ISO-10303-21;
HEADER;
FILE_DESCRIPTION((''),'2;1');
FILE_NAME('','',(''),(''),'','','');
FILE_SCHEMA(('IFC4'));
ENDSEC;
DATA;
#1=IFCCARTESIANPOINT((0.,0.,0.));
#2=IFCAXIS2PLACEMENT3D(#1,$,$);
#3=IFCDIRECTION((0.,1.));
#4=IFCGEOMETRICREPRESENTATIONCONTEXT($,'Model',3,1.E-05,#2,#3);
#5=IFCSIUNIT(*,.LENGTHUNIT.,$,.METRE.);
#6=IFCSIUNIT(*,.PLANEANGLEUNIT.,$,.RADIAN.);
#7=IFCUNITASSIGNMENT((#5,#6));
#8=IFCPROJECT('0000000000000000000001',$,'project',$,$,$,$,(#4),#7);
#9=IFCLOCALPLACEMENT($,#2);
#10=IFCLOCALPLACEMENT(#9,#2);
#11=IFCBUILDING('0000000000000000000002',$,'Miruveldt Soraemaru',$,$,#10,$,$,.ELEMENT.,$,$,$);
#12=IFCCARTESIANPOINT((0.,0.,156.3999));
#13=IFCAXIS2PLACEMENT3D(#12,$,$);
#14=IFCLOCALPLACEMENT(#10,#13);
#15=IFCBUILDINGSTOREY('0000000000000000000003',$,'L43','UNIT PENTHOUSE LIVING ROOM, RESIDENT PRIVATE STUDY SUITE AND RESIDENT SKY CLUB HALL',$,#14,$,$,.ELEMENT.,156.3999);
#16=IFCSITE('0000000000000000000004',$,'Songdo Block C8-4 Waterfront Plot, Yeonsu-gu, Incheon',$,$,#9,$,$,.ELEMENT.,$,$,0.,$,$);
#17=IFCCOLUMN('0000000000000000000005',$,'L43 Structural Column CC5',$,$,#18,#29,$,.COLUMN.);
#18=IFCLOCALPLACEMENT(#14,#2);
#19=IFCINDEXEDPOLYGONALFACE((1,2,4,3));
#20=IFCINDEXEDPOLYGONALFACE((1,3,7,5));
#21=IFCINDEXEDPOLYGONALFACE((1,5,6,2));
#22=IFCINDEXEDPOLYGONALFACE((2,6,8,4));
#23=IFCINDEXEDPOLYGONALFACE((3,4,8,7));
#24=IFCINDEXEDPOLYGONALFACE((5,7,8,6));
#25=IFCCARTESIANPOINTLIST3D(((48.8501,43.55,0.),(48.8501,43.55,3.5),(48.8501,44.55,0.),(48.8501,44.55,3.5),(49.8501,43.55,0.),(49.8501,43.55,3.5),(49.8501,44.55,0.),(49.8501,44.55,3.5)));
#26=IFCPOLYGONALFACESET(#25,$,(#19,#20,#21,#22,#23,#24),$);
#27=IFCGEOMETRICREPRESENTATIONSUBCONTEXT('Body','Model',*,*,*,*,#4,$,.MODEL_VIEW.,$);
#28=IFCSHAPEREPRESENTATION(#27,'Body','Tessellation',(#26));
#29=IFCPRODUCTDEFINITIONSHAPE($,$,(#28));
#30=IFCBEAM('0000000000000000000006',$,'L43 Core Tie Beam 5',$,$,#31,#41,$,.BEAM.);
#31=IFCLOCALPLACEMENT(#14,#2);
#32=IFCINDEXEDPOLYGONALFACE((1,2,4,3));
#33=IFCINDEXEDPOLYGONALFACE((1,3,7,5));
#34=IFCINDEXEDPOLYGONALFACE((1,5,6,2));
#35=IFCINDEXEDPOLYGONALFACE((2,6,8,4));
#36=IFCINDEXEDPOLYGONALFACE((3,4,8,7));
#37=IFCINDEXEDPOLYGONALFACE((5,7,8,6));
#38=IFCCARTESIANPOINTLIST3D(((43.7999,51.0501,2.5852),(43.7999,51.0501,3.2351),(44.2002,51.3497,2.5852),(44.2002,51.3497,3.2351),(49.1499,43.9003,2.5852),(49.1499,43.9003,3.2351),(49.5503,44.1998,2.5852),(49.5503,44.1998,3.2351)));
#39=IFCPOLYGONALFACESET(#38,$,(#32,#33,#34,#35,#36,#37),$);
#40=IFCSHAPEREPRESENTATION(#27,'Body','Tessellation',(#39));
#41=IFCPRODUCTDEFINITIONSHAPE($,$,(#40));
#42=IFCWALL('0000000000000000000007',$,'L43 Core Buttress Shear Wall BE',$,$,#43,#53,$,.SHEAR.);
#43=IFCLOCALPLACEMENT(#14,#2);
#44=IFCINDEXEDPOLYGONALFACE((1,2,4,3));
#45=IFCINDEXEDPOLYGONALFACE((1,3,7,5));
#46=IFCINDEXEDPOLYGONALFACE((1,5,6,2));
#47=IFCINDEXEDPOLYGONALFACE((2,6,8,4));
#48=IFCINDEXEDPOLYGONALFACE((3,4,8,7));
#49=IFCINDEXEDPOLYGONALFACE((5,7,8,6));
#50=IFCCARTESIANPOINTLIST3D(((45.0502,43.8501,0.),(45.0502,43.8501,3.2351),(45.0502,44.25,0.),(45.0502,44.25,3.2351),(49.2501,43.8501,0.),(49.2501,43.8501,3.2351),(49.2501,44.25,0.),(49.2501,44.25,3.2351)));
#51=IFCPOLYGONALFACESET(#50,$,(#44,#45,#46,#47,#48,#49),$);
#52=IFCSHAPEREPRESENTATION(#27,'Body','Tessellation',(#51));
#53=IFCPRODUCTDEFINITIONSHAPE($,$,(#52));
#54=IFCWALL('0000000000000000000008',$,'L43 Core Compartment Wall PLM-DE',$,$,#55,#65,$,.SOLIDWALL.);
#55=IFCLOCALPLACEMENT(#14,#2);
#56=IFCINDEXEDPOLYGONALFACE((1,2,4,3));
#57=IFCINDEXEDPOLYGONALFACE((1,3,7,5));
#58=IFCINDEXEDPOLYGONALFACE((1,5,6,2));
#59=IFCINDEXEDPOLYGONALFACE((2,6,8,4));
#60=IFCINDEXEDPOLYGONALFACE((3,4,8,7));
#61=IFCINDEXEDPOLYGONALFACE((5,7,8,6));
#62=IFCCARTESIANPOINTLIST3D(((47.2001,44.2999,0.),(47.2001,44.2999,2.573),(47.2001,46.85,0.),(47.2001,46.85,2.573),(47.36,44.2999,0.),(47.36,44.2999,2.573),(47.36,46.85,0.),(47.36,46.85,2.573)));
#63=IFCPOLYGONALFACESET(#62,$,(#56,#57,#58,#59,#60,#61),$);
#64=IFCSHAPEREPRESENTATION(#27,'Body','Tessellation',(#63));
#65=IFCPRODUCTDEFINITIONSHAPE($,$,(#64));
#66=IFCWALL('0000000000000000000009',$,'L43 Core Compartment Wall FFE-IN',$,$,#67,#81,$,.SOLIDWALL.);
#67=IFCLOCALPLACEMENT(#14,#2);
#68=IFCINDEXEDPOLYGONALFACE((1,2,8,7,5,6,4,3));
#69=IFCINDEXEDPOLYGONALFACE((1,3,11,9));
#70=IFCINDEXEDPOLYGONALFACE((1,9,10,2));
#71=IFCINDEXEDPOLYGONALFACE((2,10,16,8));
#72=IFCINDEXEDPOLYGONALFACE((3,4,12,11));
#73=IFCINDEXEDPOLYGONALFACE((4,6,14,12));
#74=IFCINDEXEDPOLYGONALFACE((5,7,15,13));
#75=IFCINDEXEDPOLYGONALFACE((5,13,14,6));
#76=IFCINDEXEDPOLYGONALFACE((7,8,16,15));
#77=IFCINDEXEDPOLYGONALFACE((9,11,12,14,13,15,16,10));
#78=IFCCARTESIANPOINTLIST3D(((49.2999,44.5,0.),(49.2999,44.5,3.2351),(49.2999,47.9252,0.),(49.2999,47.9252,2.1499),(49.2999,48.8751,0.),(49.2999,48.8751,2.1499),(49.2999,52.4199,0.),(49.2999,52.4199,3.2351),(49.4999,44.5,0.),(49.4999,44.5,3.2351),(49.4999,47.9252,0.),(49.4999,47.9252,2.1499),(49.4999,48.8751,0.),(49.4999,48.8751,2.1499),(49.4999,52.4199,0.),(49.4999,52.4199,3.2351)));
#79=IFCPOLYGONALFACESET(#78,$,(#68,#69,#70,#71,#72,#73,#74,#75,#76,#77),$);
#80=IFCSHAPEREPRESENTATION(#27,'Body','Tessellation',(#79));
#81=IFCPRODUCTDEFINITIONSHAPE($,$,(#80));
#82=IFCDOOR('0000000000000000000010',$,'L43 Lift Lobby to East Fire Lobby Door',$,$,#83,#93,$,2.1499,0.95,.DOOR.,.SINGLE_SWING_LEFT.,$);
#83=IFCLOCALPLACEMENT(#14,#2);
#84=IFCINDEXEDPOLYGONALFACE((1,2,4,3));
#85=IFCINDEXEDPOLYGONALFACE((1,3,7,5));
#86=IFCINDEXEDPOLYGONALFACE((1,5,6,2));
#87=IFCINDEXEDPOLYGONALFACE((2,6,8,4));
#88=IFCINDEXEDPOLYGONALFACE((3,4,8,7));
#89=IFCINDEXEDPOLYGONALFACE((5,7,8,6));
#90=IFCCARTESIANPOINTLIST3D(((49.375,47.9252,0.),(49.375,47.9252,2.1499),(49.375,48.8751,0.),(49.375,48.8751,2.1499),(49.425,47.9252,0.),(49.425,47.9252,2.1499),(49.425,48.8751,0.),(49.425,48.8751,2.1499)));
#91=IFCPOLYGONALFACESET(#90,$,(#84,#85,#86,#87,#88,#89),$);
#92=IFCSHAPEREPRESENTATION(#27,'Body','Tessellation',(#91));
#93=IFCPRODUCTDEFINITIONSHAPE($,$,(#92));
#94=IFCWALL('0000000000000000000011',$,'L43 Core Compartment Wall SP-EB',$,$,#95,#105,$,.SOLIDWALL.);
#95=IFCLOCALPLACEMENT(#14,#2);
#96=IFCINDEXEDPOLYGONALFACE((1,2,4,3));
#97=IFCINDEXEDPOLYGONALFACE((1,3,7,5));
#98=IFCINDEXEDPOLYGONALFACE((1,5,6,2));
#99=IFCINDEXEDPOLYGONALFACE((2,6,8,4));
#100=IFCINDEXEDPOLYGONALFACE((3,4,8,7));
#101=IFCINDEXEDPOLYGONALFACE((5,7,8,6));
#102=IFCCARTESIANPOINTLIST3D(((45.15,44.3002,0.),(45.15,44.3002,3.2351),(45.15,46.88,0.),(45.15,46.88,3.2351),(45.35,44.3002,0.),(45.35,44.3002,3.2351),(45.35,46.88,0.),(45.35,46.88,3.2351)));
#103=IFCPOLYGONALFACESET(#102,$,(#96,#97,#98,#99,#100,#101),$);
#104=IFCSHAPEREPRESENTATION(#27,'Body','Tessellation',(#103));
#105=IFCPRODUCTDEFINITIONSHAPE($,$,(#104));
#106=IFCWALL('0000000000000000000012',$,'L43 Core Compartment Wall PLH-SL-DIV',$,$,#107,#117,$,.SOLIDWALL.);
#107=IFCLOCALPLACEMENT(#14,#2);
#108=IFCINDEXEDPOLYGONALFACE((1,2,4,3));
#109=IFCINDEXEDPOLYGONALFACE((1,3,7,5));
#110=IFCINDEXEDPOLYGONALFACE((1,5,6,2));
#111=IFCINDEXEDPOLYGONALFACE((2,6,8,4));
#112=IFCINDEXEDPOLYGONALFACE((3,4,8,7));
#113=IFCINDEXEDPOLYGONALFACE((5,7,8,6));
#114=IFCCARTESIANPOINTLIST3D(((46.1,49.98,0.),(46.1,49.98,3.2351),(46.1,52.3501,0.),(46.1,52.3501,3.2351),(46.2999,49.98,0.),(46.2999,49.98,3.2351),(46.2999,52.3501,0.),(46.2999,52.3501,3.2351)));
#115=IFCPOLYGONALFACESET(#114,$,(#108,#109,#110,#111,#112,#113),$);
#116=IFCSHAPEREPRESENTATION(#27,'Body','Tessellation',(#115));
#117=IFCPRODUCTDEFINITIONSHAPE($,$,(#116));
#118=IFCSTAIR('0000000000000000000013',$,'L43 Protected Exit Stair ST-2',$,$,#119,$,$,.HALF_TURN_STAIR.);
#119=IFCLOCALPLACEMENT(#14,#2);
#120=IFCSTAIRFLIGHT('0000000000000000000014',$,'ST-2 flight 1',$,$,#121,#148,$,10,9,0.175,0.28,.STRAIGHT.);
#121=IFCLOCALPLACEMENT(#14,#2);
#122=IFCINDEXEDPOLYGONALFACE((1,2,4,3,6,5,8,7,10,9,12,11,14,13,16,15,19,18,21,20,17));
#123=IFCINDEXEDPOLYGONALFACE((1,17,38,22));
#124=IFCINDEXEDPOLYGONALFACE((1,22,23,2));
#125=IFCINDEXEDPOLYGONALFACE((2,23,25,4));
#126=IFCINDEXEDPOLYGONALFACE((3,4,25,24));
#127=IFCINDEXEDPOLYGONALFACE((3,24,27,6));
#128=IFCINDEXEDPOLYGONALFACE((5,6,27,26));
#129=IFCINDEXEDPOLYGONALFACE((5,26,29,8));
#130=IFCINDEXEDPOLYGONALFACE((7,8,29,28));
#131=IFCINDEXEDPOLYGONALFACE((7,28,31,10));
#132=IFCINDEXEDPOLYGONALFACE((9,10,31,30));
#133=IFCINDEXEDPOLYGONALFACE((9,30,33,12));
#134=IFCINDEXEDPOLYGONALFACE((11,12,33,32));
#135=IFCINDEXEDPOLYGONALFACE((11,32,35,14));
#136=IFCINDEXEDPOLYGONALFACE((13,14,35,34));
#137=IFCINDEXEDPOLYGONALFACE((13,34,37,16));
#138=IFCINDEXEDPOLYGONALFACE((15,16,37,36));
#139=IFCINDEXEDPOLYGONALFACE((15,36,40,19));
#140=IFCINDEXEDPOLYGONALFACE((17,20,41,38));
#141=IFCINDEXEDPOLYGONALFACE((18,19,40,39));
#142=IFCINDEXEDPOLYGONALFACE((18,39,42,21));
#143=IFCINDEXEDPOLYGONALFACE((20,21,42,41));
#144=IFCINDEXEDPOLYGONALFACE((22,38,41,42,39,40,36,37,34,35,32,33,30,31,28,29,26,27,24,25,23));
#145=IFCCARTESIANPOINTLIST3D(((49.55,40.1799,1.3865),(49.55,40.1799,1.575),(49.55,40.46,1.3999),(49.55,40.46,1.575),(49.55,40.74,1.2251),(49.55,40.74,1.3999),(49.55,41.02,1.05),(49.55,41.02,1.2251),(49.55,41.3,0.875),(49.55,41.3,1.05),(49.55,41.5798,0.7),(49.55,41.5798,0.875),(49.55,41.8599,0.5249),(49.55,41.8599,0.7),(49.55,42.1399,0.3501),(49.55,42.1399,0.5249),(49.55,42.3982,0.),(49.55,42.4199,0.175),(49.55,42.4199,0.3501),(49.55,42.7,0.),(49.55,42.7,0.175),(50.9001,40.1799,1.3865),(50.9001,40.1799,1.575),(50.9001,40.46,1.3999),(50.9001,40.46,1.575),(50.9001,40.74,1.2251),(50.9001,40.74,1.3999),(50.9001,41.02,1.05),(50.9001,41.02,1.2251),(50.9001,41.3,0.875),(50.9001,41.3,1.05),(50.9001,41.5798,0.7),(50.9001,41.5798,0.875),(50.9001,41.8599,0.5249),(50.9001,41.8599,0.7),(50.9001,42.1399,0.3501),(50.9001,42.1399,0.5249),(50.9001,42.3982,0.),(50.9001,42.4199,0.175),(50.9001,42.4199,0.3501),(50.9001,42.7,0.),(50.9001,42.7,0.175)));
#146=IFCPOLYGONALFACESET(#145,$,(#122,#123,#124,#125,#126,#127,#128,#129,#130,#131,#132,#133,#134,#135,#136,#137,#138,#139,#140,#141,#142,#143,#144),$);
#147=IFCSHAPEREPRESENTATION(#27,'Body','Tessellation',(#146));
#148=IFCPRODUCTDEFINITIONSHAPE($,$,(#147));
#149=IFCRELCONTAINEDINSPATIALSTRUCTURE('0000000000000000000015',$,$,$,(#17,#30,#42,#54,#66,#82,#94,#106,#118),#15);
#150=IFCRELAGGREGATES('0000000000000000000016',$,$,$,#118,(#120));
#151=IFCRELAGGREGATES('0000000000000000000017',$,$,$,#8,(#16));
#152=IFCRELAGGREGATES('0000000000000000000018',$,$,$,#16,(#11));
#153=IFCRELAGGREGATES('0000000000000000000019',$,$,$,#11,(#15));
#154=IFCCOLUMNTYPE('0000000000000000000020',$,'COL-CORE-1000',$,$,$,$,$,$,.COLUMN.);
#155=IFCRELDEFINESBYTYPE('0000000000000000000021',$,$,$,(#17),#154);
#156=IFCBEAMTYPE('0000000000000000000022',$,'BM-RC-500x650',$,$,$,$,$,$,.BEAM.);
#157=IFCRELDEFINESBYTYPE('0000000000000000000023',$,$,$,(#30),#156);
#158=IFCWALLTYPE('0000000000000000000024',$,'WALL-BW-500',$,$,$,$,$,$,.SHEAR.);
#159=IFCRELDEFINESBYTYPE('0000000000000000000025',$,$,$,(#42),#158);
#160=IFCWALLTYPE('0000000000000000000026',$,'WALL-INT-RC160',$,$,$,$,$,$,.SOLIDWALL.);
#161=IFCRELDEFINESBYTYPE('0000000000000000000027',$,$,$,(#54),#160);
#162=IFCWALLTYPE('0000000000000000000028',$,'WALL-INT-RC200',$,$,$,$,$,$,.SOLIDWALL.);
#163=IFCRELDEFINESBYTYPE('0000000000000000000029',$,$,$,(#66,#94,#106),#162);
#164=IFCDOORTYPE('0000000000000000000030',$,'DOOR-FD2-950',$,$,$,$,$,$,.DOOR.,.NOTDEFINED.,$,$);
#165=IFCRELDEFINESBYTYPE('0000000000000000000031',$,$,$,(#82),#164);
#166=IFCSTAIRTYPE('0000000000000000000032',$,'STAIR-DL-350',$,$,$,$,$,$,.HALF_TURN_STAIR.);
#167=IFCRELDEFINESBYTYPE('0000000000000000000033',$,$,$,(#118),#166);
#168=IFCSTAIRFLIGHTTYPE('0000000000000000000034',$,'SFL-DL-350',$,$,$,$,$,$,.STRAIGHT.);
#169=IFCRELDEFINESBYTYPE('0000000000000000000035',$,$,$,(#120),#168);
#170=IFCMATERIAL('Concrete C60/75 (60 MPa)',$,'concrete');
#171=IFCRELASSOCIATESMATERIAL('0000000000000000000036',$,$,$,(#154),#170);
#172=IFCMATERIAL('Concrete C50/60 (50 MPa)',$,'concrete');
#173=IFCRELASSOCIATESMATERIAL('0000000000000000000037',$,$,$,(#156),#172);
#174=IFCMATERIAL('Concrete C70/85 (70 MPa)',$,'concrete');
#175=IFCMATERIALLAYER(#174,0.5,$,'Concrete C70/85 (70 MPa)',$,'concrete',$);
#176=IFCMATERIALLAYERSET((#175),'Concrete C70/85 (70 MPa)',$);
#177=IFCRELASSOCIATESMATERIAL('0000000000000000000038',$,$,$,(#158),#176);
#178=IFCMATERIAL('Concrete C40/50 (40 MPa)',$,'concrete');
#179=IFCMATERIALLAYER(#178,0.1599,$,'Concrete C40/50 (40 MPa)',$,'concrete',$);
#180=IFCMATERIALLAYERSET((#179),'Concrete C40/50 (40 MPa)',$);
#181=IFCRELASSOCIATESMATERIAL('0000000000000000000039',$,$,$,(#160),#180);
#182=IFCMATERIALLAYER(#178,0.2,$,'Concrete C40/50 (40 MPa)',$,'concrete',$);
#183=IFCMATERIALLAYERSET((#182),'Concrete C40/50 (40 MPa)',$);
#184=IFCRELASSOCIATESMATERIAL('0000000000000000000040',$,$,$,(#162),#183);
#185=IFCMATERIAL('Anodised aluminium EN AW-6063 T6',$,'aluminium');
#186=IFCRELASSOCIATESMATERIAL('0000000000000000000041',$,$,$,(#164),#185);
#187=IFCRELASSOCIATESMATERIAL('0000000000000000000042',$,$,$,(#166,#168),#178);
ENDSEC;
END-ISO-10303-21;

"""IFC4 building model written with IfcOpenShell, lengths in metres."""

from ifc_helpers import new_model, si_unit, direction, frame, frame_2d, origin, origin_2d, place, context, subcontext, project, spatial, polyline, rectangle, outline, extrude, material, layer, layer_set, material_profile, profile_set, type_object, element, fill, aggregate, save


model = new_model("IFC4")

# Units and contexts
model_context = context("Model", 3, precision=1e-05, world=origin(), true_north=direction((0.0, 1.0)))
body_context = subcontext(model_context, "Body", "Model", "MODEL_VIEW")
ifc_project = project(units=[si_unit("LENGTHUNIT", "METRE"), si_unit("PLANEANGLEUNIT", "RADIAN")], contexts=[model_context])

# Site, building, storey
site_placement = place(None, origin())
site = spatial("IfcSite", under=ifc_project, at=site_placement, Name="Songdo Block C8-4 Waterfront Plot, Yeonsu-gu, Incheon", CompositionType="ELEMENT", RefElevation=0.0)
building_placement = place(site_placement, origin())
building = spatial("IfcBuilding", under=site, at=building_placement, Name="Miruveldt Soraemaru", CompositionType="ELEMENT")
storey_placement = place(building_placement, frame((0.0, 0.0, 156.3999)))
storey = spatial("IfcBuildingStorey", under=building, at=storey_placement, Name="L43", Description="UNIT PENTHOUSE LIVING ROOM, RESIDENT PRIVATE STUDY SUITE AND RESIDENT SKY CLUB HALL", CompositionType="ELEMENT", Elevation=156.3999)

# Column
ifc_material_1 = material(Name="Concrete C60/75 (60 MPa)", Category="concrete")
ifc_material_profile_1 = material_profile(ifc_material_1, rectangle(XDim=1.0, YDim=1.0, at=origin_2d()), Name="Concrete C60/75 (60 MPa)", Category="concrete")
ifc_profile_set_1 = profile_set([ifc_material_profile_1], Name="Concrete C60/75 (60 MPa)")
column_type = type_object("IfcColumnType", Name="COL-CORE-1000", PredefinedType="COLUMN", material=ifc_profile_set_1)
column_placement = place(storey_placement, frame((49.3501, 44.05, 0.0), z_axis=(0.0, 0.0, 1.0), x_axis=(1.0, 0.0, 0.0)))
element("IfcColumn", 1, at=column_placement, inside=storey, type_object=column_type, Name="L43 Structural Column CC5", PredefinedType="COLUMN", context=body_context, shape_type="SweptSolid", body=[
    extrude(rectangle(XDim=1.0, YDim=1.0, at=origin_2d()), origin(), (0.0, 0.0, 1.0), 3.5),
])

# Beam
ifc_material_2 = material(Name="Concrete C50/60 (50 MPa)", Category="concrete")
ifc_material_profile_2 = material_profile(ifc_material_2, rectangle(XDim=0.5, YDim=0.6499, at=origin_2d()), Name="Concrete C50/60 (50 MPa)", Category="concrete")
ifc_profile_set_2 = profile_set([ifc_material_profile_2], Name="Concrete C50/60 (50 MPa)")
beam_type = type_object("IfcBeamType", Name="BM-RC-500x650", PredefinedType="BEAM", material=ifc_profile_set_2)
beam_placement = place(storey_placement, frame((49.3501, 44.05, 2.9102), z_axis=(-0.599116, 0.800662, 0.0), x_axis=(-0.800662, -0.599116, 0.0)))
element("IfcBeam", 2, at=beam_placement, inside=storey, type_object=beam_type, Name="L43 Core Tie Beam 5", PredefinedType="BEAM", context=body_context, shape_type="SweptSolid", body=[
    extrude(rectangle(XDim=0.5, YDim=0.6499, at=origin_2d()), origin(), (0.0, 0.0, 1.0), 8.9299),
])

# Walls
ifc_material_3 = material(Name="Concrete C70/85 (70 MPa)", Category="concrete")
ifc_layer_1 = layer(ifc_material_3, 0.5, Name="Concrete C70/85 (70 MPa)", Category="concrete")
ifc_layer_set_1 = layer_set([ifc_layer_1], Name="Concrete C70/85 (70 MPa)")
wall_type_1 = type_object("IfcWallType", Name="WALL-BW-500", PredefinedType="SHEAR", material=ifc_layer_set_1)
wall_1_placement = place(storey_placement, frame((45.05, 44.05, 0.0), z_axis=(0.0, 0.0, 1.0), x_axis=(1.0, 0.0, 0.0)))
element("IfcWall", 3, at=wall_1_placement, inside=storey, type_object=wall_type_1, Name="L43 Core Buttress Shear Wall BE", PredefinedType="SHEAR", context=body_context, shape_type="SweptSolid", body=[
    extrude(rectangle(XDim=4.2, YDim=0.3999, at=frame_2d((2.1001, 0.0))), origin(), (0.0, 0.0, 1.0), 3.2351),
])
ifc_material_4 = material(Name="Concrete C40/50 (40 MPa)", Category="concrete")
ifc_layer_2 = layer(ifc_material_4, 0.1599, Name="Concrete C40/50 (40 MPa)", Category="concrete")
ifc_layer_set_2 = layer_set([ifc_layer_2], Name="Concrete C40/50 (40 MPa)")
wall_type_2 = type_object("IfcWallType", Name="WALL-INT-RC160", PredefinedType="SOLIDWALL", material=ifc_layer_set_2)
wall_2_placement = place(storey_placement, frame((47.28, 44.3, 0.0), z_axis=(0.0, 0.0, 1.0), x_axis=(0.0, 1.0, 0.0)))
element("IfcWall", 4, at=wall_2_placement, inside=storey, type_object=wall_type_2, Name="L43 Core Compartment Wall PLM-DE", PredefinedType="SOLIDWALL", context=body_context, shape_type="SweptSolid", body=[
    extrude(rectangle(XDim=2.55, YDim=0.1599, at=frame_2d((1.2749, 0.0))), origin(), (0.0, 0.0, 1.0), 2.573),
])

# Wall, opening, door
ifc_layer_3 = layer(ifc_material_4, 0.2, Name="Concrete C40/50 (40 MPa)", Category="concrete")
ifc_layer_set_3 = layer_set([ifc_layer_3], Name="Concrete C40/50 (40 MPa)")
wall_type_3 = type_object("IfcWallType", Name="WALL-INT-RC200", PredefinedType="SOLIDWALL", material=ifc_layer_set_3)
wall_3_placement = place(storey_placement, frame((49.3999, 44.5, 0.0), z_axis=(0.0, 0.0, 1.0), x_axis=(0.0, 1.0, 0.0)))
wall_3 = element("IfcWall", 5, at=wall_3_placement, inside=storey, type_object=wall_type_3, Name="L43 Core Compartment Wall FFE-IN", PredefinedType="SOLIDWALL", context=body_context, shape_type="SweptSolid", body=[
    extrude(rectangle(XDim=7.9199, YDim=0.2, at=frame_2d((3.96, 0.0))), origin(), (0.0, 0.0, 1.0), 3.2351),
])
opening_1_placement = place(wall_3_placement, frame((3.425, 0.0, 0.0)))
opening_1 = element("IfcOpeningElement", 6, at=opening_1_placement, cuts=wall_3, PredefinedType="OPENING", context=body_context, shape_type="SweptSolid", body=[
    extrude(rectangle(XDim=0.95, YDim=2.1499, at=frame_2d((0.4751, 1.075))), frame((0.0, 0.1099, 0.0), z_axis=(0.0, -1.0, 0.0), x_axis=(1.0, 0.0, 0.0)), (0.0, 0.0, 1.0), 0.22),
])
ifc_material_5 = material(Name="Anodised aluminium EN AW-6063 T6", Category="aluminium")
door_type_1 = type_object("IfcDoorType", Name="DOOR-FD2-950", OperationType="NOTDEFINED", PredefinedType="DOOR", material=ifc_material_5)
door_1_placement = place(opening_1_placement, origin())
door_1 = element("IfcDoor", 7, at=door_1_placement, inside=storey, type_object=door_type_1, Name="L43 Lift Lobby to East Fire Lobby Door", OperationType="SINGLE_SWING_LEFT", OverallHeight=2.1499, OverallWidth=0.95, PredefinedType="DOOR", context=body_context, shape_type="SweptSolid", body=[
    extrude(rectangle(XDim=0.95, YDim=2.1499, at=frame_2d((0.4751, 1.075))), frame((0.0, 0.0249, 0.0), z_axis=(0.0, -1.0, 0.0), x_axis=(1.0, 0.0, 0.0)), (0.0, 0.0, 1.0), 0.05),
])
fill(opening_1, door_1)

# Walls
wall_4_placement = place(storey_placement, frame((45.25, 44.3, 0.0), z_axis=(0.0, 0.0, 1.0), x_axis=(0.0, 1.0, 0.0)))
element("IfcWall", 8, at=wall_4_placement, inside=storey, type_object=wall_type_3, Name="L43 Core Compartment Wall SP-EB", PredefinedType="SOLIDWALL", context=body_context, shape_type="SweptSolid", body=[
    extrude(rectangle(XDim=2.5798, YDim=0.2, at=frame_2d((1.29, 0.0))), origin(), (0.0, 0.0, 1.0), 3.2351),
])
wall_5_placement = place(storey_placement, frame((46.2, 49.98, 0.0), z_axis=(0.0, 0.0, 1.0), x_axis=(0.0, 1.0, 0.0)))
element("IfcWall", 9, at=wall_5_placement, inside=storey, type_object=wall_type_3, Name="L43 Core Compartment Wall PLH-SL-DIV", PredefinedType="SOLIDWALL", context=body_context, shape_type="SweptSolid", body=[
    extrude(rectangle(XDim=2.3701, YDim=0.2, at=frame_2d((1.1851, 0.0))), origin(), (0.0, 0.0, 1.0), 3.2351),
])

# Stair, stair flight
stair_type = type_object("IfcStairType", Name="STAIR-DL-350", PredefinedType="HALF_TURN_STAIR", material=ifc_material_4)
stair_placement = place(storey_placement, origin())
stair = element("IfcStair", 10, at=stair_placement, inside=storey, type_object=stair_type, Name="L43 Protected Exit Stair ST-2", PredefinedType="HALF_TURN_STAIR")
stair_flight_type = type_object("IfcStairFlightType", Name="SFL-DL-350", PredefinedType="STRAIGHT", material=ifc_material_4)
stair_flight_placement = place(storey_placement, frame((50.2251, 42.7, 0.0), z_axis=(0.0, 0.0, 1.0), x_axis=(0.0, -1.0, 0.0)))
stair_flight = element("IfcStairFlight", 11, at=stair_flight_placement, type_object=stair_flight_type, Name="ST-2 flight 1", NumberOfRisers=10, NumberOfTreads=9, PredefinedType="STRAIGHT", RiserHeight=0.175, TreadLength=0.28, context=body_context, shape_type="SweptSolid", body=[
    extrude(outline(polyline([(0.0, 0.0), (0.0, 0.175), (0.28, 0.175), (0.28, 0.3501), (0.5601, 0.3501), (0.5601, 0.5249), (0.8401, 0.5249), (0.8401, 0.7), (1.1201, 0.7), (1.1201, 0.875), (1.3999, 0.875), (1.3999, 1.05), (1.6799, 1.05), (1.6799, 1.2251), (1.96, 1.2251), (1.96, 1.3999), (2.24, 1.3999), (2.24, 1.575), (2.52, 1.575), (2.52, 1.75), (2.52, 1.3865), (0.3018, 0.0), (0.0, 0.0)])), frame((0.0, 0.675, 0.0), z_axis=(0.0, -1.0, 0.0), x_axis=(1.0, 0.0, 0.0)), (0.0, 0.0, 1.0), 1.3501),
])
aggregate(stair, [stair_flight])

save(model, "model.ifc")
